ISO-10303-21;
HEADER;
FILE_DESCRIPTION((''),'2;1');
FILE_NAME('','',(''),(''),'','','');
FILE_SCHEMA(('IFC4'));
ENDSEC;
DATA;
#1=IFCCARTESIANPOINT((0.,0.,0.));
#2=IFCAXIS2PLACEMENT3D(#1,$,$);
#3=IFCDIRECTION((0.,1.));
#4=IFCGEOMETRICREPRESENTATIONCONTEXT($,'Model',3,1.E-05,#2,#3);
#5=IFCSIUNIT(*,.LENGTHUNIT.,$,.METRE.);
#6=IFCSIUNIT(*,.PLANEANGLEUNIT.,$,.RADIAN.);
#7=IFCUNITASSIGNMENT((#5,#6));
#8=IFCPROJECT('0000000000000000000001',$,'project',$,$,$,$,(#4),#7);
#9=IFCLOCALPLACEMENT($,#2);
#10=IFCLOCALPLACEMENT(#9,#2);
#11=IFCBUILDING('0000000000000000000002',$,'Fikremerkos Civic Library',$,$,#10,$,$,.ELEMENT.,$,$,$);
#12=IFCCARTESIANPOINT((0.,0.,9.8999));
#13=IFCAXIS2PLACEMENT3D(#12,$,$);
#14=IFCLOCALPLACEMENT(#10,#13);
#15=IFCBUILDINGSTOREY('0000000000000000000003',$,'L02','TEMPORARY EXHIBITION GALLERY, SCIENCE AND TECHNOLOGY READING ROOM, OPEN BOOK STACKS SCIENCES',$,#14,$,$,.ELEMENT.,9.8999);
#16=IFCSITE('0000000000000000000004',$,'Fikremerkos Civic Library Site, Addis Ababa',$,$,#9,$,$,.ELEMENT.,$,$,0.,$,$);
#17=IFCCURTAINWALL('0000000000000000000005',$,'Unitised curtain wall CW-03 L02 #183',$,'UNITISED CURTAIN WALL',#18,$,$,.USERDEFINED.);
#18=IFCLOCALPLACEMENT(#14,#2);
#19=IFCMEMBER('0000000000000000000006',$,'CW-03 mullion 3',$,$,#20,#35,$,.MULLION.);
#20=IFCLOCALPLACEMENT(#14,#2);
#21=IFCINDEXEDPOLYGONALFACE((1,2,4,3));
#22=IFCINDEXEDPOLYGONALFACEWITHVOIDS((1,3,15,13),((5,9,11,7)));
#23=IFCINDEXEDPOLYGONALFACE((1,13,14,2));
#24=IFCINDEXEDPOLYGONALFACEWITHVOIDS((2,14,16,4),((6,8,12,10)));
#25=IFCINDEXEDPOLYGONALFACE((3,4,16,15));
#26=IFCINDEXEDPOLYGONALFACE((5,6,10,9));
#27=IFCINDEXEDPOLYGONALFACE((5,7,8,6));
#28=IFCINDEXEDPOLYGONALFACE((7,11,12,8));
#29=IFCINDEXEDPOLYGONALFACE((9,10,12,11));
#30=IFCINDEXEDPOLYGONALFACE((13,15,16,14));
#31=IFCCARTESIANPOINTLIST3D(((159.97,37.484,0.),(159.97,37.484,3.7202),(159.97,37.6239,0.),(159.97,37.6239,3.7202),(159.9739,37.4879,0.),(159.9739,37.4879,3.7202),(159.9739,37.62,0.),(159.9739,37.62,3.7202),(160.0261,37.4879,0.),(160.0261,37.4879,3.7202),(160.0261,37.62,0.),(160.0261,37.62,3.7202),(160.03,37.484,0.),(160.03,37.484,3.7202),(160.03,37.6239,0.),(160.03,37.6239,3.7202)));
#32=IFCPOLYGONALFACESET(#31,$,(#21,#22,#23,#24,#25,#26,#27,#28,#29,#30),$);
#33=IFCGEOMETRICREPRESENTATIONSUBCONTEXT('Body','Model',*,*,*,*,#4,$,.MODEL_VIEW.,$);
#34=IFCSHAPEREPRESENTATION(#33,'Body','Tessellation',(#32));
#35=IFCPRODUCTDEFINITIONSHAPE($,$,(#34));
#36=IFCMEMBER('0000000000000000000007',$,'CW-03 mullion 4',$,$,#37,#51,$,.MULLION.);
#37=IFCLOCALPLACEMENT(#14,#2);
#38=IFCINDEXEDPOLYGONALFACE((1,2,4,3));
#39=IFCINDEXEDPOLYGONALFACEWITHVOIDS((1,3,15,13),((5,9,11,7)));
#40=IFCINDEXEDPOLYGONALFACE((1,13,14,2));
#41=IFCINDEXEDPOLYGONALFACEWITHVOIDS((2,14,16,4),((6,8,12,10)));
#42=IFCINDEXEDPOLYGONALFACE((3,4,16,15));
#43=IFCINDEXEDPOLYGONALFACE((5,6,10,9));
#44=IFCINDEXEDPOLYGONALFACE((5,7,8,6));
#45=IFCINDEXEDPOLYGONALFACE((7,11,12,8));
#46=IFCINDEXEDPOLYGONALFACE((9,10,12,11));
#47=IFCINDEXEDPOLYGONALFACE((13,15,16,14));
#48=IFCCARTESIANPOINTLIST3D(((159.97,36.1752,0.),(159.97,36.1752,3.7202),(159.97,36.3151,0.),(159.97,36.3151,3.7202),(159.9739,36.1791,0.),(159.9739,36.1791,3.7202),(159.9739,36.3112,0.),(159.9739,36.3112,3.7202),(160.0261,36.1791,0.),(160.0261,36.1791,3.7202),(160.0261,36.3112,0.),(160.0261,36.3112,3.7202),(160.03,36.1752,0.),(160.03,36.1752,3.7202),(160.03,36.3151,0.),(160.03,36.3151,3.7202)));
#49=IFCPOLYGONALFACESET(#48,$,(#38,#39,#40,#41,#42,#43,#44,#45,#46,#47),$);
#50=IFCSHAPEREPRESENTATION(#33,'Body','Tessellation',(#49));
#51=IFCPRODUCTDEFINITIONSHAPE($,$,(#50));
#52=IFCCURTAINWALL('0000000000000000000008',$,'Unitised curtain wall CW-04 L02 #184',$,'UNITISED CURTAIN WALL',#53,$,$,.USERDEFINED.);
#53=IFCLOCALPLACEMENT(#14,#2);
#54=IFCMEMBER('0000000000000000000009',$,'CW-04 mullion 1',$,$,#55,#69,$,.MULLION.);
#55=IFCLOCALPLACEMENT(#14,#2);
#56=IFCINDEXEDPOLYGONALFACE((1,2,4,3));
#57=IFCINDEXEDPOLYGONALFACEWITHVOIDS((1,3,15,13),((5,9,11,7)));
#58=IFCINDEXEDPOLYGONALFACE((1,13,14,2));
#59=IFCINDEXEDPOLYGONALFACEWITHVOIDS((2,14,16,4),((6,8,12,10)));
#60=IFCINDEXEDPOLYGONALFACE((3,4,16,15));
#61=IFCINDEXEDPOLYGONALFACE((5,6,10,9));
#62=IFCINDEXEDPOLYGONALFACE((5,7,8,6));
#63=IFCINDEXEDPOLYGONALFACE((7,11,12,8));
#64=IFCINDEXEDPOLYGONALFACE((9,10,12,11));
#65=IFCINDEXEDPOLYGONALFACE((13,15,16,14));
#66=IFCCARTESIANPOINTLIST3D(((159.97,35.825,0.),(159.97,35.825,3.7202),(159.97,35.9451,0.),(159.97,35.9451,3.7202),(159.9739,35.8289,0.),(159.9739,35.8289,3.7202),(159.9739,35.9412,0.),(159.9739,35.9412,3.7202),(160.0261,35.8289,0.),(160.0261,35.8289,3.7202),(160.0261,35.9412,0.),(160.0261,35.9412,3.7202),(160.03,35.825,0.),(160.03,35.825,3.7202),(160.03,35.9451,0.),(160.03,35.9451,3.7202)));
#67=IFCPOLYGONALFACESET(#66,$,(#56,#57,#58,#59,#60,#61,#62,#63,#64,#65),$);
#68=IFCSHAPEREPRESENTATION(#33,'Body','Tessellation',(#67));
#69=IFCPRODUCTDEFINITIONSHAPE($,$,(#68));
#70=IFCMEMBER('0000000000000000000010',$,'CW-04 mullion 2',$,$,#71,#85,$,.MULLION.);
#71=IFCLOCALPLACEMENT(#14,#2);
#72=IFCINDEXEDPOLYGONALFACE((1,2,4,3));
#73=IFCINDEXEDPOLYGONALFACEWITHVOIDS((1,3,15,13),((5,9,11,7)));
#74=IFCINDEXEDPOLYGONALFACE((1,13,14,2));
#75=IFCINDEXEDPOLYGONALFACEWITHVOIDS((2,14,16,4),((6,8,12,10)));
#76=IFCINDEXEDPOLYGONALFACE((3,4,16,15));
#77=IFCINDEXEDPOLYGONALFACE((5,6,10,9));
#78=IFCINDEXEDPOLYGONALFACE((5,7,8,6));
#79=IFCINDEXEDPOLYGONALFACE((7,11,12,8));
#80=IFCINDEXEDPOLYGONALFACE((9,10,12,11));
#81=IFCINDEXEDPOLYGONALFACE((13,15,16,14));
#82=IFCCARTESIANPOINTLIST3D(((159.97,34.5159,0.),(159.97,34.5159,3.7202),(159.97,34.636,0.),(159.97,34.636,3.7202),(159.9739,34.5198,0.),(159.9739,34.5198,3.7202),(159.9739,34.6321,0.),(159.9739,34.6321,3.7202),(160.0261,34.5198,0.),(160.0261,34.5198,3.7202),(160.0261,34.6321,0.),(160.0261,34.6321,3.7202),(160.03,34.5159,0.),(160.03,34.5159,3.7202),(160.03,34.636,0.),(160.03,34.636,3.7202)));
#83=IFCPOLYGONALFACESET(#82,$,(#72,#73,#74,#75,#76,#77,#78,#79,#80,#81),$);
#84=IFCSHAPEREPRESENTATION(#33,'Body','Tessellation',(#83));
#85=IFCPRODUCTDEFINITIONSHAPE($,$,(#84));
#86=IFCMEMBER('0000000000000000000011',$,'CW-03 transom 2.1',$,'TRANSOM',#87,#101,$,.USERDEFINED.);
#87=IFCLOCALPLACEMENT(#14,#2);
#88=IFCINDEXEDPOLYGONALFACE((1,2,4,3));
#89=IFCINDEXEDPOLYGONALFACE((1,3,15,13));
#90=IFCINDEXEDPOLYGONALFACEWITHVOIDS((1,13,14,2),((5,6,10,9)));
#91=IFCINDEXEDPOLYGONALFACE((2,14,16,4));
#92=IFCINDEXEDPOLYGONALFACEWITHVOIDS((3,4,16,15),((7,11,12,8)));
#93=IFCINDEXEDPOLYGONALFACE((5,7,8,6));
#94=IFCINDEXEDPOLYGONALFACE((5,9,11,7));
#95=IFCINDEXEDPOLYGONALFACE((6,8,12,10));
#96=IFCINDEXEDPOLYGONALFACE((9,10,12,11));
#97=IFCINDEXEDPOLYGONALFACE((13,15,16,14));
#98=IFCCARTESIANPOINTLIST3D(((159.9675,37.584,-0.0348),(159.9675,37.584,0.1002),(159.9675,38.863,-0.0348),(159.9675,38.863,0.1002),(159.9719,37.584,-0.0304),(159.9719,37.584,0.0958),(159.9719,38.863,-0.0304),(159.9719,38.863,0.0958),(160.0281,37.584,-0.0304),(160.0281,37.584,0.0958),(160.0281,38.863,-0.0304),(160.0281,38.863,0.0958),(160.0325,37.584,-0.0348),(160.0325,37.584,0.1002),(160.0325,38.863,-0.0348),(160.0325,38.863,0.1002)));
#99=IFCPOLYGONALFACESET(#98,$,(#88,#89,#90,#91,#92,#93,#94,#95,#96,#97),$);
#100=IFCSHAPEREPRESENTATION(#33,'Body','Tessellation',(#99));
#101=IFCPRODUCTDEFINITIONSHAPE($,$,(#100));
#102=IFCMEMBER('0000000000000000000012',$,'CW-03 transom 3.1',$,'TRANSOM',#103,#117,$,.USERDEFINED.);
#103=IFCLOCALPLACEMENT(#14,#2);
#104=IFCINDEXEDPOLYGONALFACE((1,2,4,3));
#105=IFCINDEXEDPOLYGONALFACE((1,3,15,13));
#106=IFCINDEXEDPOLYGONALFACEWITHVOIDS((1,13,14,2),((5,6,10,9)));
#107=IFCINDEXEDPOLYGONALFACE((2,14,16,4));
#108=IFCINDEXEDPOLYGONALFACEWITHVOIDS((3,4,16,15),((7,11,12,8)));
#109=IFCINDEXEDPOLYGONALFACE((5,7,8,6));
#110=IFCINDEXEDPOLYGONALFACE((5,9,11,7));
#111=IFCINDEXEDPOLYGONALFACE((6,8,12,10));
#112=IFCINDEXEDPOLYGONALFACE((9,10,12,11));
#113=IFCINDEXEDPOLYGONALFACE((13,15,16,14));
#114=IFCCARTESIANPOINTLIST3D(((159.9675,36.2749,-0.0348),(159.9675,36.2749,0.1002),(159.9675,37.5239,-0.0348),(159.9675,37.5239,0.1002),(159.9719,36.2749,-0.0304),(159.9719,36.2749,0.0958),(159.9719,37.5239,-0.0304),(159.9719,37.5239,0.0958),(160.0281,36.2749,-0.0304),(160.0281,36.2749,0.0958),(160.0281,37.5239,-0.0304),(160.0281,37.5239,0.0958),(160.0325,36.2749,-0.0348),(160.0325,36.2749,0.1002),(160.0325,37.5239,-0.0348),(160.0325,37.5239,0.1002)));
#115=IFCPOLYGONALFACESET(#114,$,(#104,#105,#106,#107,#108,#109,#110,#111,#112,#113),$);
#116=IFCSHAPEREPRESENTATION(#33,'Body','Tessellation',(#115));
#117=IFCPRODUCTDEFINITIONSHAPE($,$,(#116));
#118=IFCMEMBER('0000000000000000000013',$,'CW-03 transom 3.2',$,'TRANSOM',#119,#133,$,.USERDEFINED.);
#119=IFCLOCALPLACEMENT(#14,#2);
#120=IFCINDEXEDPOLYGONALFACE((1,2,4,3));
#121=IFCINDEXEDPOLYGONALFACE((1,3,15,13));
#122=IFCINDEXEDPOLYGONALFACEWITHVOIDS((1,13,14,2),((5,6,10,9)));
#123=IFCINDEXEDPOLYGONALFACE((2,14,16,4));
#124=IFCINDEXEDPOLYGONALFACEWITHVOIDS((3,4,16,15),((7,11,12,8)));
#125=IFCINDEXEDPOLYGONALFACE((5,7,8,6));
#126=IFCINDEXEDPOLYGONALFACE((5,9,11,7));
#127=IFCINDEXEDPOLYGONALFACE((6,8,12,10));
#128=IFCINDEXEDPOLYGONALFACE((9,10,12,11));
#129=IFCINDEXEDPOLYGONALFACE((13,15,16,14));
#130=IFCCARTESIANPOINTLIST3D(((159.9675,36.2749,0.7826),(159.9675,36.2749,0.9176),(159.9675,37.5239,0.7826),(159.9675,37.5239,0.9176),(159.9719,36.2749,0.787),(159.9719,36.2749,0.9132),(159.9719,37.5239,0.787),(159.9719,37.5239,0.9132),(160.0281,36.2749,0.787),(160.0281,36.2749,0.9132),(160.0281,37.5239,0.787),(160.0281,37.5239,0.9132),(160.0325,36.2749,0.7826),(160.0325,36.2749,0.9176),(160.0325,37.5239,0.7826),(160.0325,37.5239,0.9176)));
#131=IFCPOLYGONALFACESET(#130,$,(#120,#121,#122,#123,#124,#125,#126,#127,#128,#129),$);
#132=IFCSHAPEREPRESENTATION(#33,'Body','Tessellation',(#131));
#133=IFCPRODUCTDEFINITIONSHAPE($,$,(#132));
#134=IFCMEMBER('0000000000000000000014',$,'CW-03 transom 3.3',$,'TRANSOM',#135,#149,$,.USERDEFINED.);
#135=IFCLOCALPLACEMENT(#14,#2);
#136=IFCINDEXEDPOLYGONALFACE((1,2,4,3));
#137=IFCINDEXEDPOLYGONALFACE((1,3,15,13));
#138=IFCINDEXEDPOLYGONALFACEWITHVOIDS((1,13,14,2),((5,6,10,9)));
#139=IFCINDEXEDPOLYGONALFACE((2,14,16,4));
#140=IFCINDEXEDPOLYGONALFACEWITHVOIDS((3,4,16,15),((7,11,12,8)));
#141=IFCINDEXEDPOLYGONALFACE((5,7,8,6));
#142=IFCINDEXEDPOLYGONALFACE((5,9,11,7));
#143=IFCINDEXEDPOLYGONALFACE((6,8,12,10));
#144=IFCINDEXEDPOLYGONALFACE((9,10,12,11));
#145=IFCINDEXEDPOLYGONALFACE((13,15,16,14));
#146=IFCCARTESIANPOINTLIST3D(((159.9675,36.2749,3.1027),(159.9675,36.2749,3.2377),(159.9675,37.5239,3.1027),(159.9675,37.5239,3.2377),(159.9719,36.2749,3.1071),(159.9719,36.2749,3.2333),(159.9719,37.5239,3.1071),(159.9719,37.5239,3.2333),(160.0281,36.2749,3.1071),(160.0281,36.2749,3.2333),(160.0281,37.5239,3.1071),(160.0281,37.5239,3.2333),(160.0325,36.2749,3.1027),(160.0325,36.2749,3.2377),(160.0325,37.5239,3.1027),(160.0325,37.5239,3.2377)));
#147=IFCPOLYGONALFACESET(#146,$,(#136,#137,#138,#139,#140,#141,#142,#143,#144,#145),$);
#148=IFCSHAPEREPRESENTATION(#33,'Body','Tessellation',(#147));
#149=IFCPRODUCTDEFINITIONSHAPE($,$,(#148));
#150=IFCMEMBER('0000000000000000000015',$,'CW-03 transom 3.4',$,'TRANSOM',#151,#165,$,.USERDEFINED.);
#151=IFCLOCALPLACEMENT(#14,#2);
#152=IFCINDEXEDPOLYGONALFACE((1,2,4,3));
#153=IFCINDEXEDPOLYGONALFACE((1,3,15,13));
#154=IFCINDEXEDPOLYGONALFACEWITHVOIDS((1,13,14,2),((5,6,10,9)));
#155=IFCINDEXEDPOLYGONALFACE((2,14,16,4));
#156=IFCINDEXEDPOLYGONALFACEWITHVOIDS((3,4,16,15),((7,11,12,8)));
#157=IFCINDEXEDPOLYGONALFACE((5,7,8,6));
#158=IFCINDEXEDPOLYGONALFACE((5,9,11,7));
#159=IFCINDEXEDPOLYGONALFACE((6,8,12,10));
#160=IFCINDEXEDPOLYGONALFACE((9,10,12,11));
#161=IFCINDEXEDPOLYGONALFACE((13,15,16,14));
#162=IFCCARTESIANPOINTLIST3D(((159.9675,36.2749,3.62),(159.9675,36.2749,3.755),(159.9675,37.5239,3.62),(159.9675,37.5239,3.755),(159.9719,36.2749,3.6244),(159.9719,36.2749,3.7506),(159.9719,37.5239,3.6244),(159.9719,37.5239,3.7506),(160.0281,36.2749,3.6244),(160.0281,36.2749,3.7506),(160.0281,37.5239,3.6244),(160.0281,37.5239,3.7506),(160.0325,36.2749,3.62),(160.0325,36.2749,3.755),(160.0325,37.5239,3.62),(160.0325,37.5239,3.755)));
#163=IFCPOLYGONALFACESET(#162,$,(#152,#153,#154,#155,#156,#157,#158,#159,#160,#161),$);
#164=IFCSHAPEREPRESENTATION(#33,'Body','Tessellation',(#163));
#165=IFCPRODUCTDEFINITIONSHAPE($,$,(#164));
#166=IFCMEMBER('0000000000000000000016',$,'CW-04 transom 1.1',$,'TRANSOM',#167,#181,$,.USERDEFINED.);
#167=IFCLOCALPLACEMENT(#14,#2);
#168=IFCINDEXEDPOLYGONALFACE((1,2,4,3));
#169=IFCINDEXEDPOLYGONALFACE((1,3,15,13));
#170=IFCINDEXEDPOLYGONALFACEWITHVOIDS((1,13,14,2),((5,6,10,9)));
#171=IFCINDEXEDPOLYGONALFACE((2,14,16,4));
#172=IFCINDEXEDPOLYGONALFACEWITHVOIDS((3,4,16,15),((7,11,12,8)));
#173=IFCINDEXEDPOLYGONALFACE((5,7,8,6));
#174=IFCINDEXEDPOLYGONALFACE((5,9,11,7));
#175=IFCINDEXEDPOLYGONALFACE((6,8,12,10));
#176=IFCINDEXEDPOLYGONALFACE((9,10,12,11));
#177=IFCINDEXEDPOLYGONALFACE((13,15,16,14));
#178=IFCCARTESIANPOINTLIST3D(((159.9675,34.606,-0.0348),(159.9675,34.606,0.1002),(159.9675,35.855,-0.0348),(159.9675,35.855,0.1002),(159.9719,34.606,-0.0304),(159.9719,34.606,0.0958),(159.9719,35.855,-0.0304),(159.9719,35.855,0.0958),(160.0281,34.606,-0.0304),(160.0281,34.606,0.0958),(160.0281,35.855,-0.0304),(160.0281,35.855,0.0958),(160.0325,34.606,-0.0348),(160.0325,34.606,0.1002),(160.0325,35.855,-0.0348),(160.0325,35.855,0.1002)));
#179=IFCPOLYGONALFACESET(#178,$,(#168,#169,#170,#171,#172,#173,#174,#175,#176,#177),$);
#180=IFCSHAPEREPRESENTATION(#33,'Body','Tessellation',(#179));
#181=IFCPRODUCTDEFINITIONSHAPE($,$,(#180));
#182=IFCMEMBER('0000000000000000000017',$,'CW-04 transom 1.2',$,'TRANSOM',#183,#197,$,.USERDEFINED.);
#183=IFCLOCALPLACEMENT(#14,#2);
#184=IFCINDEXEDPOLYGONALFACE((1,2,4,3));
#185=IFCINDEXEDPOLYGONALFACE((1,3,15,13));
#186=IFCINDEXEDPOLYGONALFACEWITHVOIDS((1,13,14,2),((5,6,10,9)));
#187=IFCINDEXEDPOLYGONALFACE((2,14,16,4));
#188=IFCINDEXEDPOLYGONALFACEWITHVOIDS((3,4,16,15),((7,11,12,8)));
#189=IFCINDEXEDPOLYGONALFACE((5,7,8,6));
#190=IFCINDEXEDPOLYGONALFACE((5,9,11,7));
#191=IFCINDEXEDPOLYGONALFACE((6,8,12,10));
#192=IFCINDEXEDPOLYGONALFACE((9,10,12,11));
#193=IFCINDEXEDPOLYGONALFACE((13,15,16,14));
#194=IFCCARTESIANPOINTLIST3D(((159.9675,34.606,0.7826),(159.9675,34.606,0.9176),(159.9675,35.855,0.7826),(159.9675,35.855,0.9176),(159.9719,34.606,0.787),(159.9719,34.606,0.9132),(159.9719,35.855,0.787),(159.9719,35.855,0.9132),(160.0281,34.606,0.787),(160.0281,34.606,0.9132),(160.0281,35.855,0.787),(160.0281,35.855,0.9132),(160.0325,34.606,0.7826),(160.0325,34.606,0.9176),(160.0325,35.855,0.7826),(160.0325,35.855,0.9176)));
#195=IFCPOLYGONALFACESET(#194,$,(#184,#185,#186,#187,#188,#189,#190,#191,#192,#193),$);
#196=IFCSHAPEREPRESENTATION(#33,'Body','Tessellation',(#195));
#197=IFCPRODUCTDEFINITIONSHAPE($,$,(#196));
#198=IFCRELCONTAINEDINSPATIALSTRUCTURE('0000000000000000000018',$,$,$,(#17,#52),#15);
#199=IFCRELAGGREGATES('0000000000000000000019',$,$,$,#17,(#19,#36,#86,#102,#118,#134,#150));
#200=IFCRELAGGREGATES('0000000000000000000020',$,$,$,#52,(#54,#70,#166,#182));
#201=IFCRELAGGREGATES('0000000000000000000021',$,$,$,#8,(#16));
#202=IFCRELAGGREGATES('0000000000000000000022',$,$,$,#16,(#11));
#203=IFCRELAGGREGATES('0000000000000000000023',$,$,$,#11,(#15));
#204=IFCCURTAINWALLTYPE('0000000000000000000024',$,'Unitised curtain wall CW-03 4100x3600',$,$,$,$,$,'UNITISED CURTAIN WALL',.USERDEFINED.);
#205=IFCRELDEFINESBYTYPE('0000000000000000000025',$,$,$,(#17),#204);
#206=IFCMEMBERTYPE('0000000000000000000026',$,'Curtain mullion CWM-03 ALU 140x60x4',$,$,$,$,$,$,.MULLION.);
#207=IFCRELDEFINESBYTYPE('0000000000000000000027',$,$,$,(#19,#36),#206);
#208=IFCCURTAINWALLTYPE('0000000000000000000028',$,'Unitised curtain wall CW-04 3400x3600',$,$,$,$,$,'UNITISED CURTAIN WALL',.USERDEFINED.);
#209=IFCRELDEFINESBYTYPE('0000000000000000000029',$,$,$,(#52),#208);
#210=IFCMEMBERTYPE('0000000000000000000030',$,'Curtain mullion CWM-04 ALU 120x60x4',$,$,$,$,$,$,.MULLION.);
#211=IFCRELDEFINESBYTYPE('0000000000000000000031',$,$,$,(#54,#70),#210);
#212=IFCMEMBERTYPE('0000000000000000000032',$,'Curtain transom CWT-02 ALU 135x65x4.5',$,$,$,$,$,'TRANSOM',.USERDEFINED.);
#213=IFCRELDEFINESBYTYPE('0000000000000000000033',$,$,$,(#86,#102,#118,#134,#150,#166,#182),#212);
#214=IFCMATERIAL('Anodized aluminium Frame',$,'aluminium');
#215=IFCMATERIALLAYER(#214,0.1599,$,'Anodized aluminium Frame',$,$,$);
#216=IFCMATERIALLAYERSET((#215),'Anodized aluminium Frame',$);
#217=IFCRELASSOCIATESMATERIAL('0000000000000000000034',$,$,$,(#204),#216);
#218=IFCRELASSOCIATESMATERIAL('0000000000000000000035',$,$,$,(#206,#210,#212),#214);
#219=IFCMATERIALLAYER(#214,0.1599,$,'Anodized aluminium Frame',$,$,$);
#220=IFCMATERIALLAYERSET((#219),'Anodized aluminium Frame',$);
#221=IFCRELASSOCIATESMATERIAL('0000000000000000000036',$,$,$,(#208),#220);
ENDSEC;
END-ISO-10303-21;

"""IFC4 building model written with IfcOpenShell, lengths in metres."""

from ifc_helpers import new_model, si_unit, direction, frame, origin, origin_2d, place, context, subcontext, project, spatial, hollow_rectangle, extrude, material, layer, layer_set, material_profile, profile_set, type_object, element, aggregate, save


model = new_model("IFC4")

# Units and contexts
model_context = context("Model", 3, precision=1e-05, world=origin(), true_north=direction((0.0, 1.0)))
body_context = subcontext(model_context, "Body", "Model", "MODEL_VIEW")
ifc_project = project(units=[si_unit("LENGTHUNIT", "METRE"), si_unit("PLANEANGLEUNIT", "RADIAN")], contexts=[model_context])

# Site, building, storey
site_placement = place(None, origin())
site = spatial("IfcSite", under=ifc_project, at=site_placement, Name="Fikremerkos Civic Library Site, Addis Ababa", CompositionType="ELEMENT", RefElevation=0.0)
building_placement = place(site_placement, origin())
building = spatial("IfcBuilding", under=site, at=building_placement, Name="Fikremerkos Civic Library", CompositionType="ELEMENT")
storey_placement = place(building_placement, frame((0.0, 0.0, 9.8999)))
storey = spatial("IfcBuildingStorey", under=building, at=storey_placement, Name="L02", Description="TEMPORARY EXHIBITION GALLERY, SCIENCE AND TECHNOLOGY READING ROOM, OPEN BOOK STACKS SCIENCES", CompositionType="ELEMENT", Elevation=9.8999)

# Curtain walls, members
ifc_material_1 = material(Name="Anodized aluminium Frame", Category="aluminium")
ifc_layer_1 = layer(ifc_material_1, 0.1599, Name="Anodized aluminium Frame")
ifc_layer_set_1 = layer_set([ifc_layer_1], Name="Anodized aluminium Frame")
curtain_wall_type_1 = type_object("IfcCurtainWallType", Name="Unitised curtain wall CW-03 4100x3600", ElementType="UNITISED CURTAIN WALL", PredefinedType="USERDEFINED", material=ifc_layer_set_1)
curtain_wall_1_placement = place(storey_placement, origin())
curtain_wall_1 = element("IfcCurtainWall", 1, at=curtain_wall_1_placement, inside=storey, type_object=curtain_wall_type_1, Name="Unitised curtain wall CW-03 L02 #183", ObjectType="UNITISED CURTAIN WALL", PredefinedType="USERDEFINED")
ifc_material_profile_1 = material_profile(ifc_material_1, hollow_rectangle(XDim=0.0601, YDim=0.1399, WallThickness=0.0039, at=origin_2d()), Name="ALU 140x60x4")
ifc_profile_set_1 = profile_set([ifc_material_profile_1], Name="Anodized aluminium Frame")
member_type_1 = type_object("IfcMemberType", Name="Curtain mullion CWM-03 ALU 140x60x4", PredefinedType="MULLION", material=ifc_profile_set_1)
member_1_placement = place(storey_placement, frame((160.0, 37.554, 0.0), z_axis=(0.0, 0.0, 1.0), x_axis=(1.0, 0.0, 0.0)))
member_1 = element("IfcMember", 2, at=member_1_placement, type_object=member_type_1, Name="CW-03 mullion 3", PredefinedType="MULLION", context=body_context, shape_type="SweptSolid", body=[
    extrude(hollow_rectangle(XDim=0.0601, YDim=0.1399, WallThickness=0.0039, at=origin_2d()), origin(), (0.0, 0.0, 1.0), 3.7202),
])
member_2_placement = place(storey_placement, frame((160.0, 36.2451, 0.0), z_axis=(0.0, 0.0, 1.0), x_axis=(1.0, 0.0, 0.0)))
member_2 = element("IfcMember", 3, at=member_2_placement, type_object=member_type_1, Name="CW-03 mullion 4", PredefinedType="MULLION", context=body_context, shape_type="SweptSolid", body=[
    extrude(hollow_rectangle(XDim=0.0601, YDim=0.1399, WallThickness=0.0039, at=origin_2d()), origin(), (0.0, 0.0, 1.0), 3.7202),
])
ifc_layer_2 = layer(ifc_material_1, 0.1599, Name="Anodized aluminium Frame")
ifc_layer_set_2 = layer_set([ifc_layer_2], Name="Anodized aluminium Frame")
curtain_wall_type_2 = type_object("IfcCurtainWallType", Name="Unitised curtain wall CW-04 3400x3600", ElementType="UNITISED CURTAIN WALL", PredefinedType="USERDEFINED", material=ifc_layer_set_2)
curtain_wall_2_placement = place(storey_placement, origin())
curtain_wall_2 = element("IfcCurtainWall", 4, at=curtain_wall_2_placement, inside=storey, type_object=curtain_wall_type_2, Name="Unitised curtain wall CW-04 L02 #184", ObjectType="UNITISED CURTAIN WALL", PredefinedType="USERDEFINED")
ifc_material_profile_2 = material_profile(ifc_material_1, hollow_rectangle(XDim=0.0601, YDim=0.1201, WallThickness=0.0039, at=origin_2d()), Name="ALU 120x60x4")
ifc_profile_set_2 = profile_set([ifc_material_profile_2], Name="Anodized aluminium Frame")
member_type_2 = type_object("IfcMemberType", Name="Curtain mullion CWM-04 ALU 120x60x4", PredefinedType="MULLION", material=ifc_profile_set_2)
member_3_placement = place(storey_placement, frame((160.0, 35.885, 0.0), z_axis=(0.0, 0.0, 1.0), x_axis=(1.0, 0.0, 0.0)))
member_3 = element("IfcMember", 5, at=member_3_placement, type_object=member_type_2, Name="CW-04 mullion 1", PredefinedType="MULLION", context=body_context, shape_type="SweptSolid", body=[
    extrude(hollow_rectangle(XDim=0.0601, YDim=0.1201, WallThickness=0.0039, at=origin_2d()), origin(), (0.0, 0.0, 1.0), 3.7202),
])
member_4_placement = place(storey_placement, frame((160.0, 34.5759, 0.0), z_axis=(0.0, 0.0, 1.0), x_axis=(1.0, 0.0, 0.0)))
member_4 = element("IfcMember", 6, at=member_4_placement, type_object=member_type_2, Name="CW-04 mullion 2", PredefinedType="MULLION", context=body_context, shape_type="SweptSolid", body=[
    extrude(hollow_rectangle(XDim=0.0601, YDim=0.1201, WallThickness=0.0039, at=origin_2d()), origin(), (0.0, 0.0, 1.0), 3.7202),
])

# Members
ifc_material_profile_3 = material_profile(ifc_material_1, hollow_rectangle(XDim=0.0649, YDim=0.135, WallThickness=0.0044, at=origin_2d()), Name="ALU 135x65x4.5")
ifc_profile_set_3 = profile_set([ifc_material_profile_3], Name="Anodized aluminium Frame")
member_type_3 = type_object("IfcMemberType", Name="Curtain transom CWT-02 ALU 135x65x4.5", ElementType="TRANSOM", PredefinedType="USERDEFINED", material=ifc_profile_set_3)
member_5_placement = place(storey_placement, frame((160.0, 38.863, 0.0327), z_axis=(0.0, -1.0, 0.0), x_axis=(1.0, 0.0, 0.0)))
member_5 = element("IfcMember", 7, at=member_5_placement, type_object=member_type_3, Name="CW-03 transom 2.1", ObjectType="TRANSOM", PredefinedType="USERDEFINED", context=body_context, shape_type="SweptSolid", body=[
    extrude(hollow_rectangle(XDim=0.0649, YDim=0.135, WallThickness=0.0044, at=origin_2d()), origin(), (0.0, 0.0, 1.0), 1.2791),
])
member_6_placement = place(storey_placement, frame((160.0, 37.5239, 0.0327), z_axis=(0.0, -1.0, 0.0), x_axis=(1.0, 0.0, 0.0)))
member_6 = element("IfcMember", 8, at=member_6_placement, type_object=member_type_3, Name="CW-03 transom 3.1", ObjectType="TRANSOM", PredefinedType="USERDEFINED", context=body_context, shape_type="SweptSolid", body=[
    extrude(hollow_rectangle(XDim=0.0649, YDim=0.135, WallThickness=0.0044, at=origin_2d()), origin(), (0.0, 0.0, 1.0), 1.249),
])
member_7_placement = place(storey_placement, frame((160.0, 37.5239, 0.8501), z_axis=(0.0, -1.0, 0.0), x_axis=(1.0, 0.0, 0.0)))
member_7 = element("IfcMember", 9, at=member_7_placement, type_object=member_type_3, Name="CW-03 transom 3.2", ObjectType="TRANSOM", PredefinedType="USERDEFINED", context=body_context, shape_type="SweptSolid", body=[
    extrude(hollow_rectangle(XDim=0.0649, YDim=0.135, WallThickness=0.0044, at=origin_2d()), origin(), (0.0, 0.0, 1.0), 1.249),
])
member_8_placement = place(storey_placement, frame((160.0, 37.5239, 3.1702), z_axis=(0.0, -1.0, 0.0), x_axis=(1.0, 0.0, 0.0)))
member_8 = element("IfcMember", 10, at=member_8_placement, type_object=member_type_3, Name="CW-03 transom 3.3", ObjectType="TRANSOM", PredefinedType="USERDEFINED", context=body_context, shape_type="SweptSolid", body=[
    extrude(hollow_rectangle(XDim=0.0649, YDim=0.135, WallThickness=0.0044, at=origin_2d()), origin(), (0.0, 0.0, 1.0), 1.249),
])
member_9_placement = place(storey_placement, frame((160.0, 37.5239, 3.6875), z_axis=(0.0, -1.0, 0.0), x_axis=(1.0, 0.0, 0.0)))
member_9 = element("IfcMember", 11, at=member_9_placement, type_object=member_type_3, Name="CW-03 transom 3.4", ObjectType="TRANSOM", PredefinedType="USERDEFINED", context=body_context, shape_type="SweptSolid", body=[
    extrude(hollow_rectangle(XDim=0.0649, YDim=0.135, WallThickness=0.0044, at=origin_2d()), origin(), (0.0, 0.0, 1.0), 1.249),
])
member_10_placement = place(storey_placement, frame((160.0, 35.855, 0.0327), z_axis=(0.0, -1.0, 0.0), x_axis=(1.0, 0.0, 0.0)))
member_10 = element("IfcMember", 12, at=member_10_placement, type_object=member_type_3, Name="CW-04 transom 1.1", ObjectType="TRANSOM", PredefinedType="USERDEFINED", context=body_context, shape_type="SweptSolid", body=[
    extrude(hollow_rectangle(XDim=0.0649, YDim=0.135, WallThickness=0.0044, at=origin_2d()), origin(), (0.0, 0.0, 1.0), 1.249),
])
member_11_placement = place(storey_placement, frame((160.0, 35.855, 0.8501), z_axis=(0.0, -1.0, 0.0), x_axis=(1.0, 0.0, 0.0)))
member_11 = element("IfcMember", 13, at=member_11_placement, type_object=member_type_3, Name="CW-04 transom 1.2", ObjectType="TRANSOM", PredefinedType="USERDEFINED", context=body_context, shape_type="SweptSolid", body=[
    extrude(hollow_rectangle(XDim=0.0649, YDim=0.135, WallThickness=0.0044, at=origin_2d()), origin(), (0.0, 0.0, 1.0), 1.249),
])

aggregate(curtain_wall_1, [member_1, member_2, member_5, member_6, member_7, member_8, member_9])
aggregate(curtain_wall_2, [member_3, member_4, member_10, member_11])

save(model, "model.ifc")
